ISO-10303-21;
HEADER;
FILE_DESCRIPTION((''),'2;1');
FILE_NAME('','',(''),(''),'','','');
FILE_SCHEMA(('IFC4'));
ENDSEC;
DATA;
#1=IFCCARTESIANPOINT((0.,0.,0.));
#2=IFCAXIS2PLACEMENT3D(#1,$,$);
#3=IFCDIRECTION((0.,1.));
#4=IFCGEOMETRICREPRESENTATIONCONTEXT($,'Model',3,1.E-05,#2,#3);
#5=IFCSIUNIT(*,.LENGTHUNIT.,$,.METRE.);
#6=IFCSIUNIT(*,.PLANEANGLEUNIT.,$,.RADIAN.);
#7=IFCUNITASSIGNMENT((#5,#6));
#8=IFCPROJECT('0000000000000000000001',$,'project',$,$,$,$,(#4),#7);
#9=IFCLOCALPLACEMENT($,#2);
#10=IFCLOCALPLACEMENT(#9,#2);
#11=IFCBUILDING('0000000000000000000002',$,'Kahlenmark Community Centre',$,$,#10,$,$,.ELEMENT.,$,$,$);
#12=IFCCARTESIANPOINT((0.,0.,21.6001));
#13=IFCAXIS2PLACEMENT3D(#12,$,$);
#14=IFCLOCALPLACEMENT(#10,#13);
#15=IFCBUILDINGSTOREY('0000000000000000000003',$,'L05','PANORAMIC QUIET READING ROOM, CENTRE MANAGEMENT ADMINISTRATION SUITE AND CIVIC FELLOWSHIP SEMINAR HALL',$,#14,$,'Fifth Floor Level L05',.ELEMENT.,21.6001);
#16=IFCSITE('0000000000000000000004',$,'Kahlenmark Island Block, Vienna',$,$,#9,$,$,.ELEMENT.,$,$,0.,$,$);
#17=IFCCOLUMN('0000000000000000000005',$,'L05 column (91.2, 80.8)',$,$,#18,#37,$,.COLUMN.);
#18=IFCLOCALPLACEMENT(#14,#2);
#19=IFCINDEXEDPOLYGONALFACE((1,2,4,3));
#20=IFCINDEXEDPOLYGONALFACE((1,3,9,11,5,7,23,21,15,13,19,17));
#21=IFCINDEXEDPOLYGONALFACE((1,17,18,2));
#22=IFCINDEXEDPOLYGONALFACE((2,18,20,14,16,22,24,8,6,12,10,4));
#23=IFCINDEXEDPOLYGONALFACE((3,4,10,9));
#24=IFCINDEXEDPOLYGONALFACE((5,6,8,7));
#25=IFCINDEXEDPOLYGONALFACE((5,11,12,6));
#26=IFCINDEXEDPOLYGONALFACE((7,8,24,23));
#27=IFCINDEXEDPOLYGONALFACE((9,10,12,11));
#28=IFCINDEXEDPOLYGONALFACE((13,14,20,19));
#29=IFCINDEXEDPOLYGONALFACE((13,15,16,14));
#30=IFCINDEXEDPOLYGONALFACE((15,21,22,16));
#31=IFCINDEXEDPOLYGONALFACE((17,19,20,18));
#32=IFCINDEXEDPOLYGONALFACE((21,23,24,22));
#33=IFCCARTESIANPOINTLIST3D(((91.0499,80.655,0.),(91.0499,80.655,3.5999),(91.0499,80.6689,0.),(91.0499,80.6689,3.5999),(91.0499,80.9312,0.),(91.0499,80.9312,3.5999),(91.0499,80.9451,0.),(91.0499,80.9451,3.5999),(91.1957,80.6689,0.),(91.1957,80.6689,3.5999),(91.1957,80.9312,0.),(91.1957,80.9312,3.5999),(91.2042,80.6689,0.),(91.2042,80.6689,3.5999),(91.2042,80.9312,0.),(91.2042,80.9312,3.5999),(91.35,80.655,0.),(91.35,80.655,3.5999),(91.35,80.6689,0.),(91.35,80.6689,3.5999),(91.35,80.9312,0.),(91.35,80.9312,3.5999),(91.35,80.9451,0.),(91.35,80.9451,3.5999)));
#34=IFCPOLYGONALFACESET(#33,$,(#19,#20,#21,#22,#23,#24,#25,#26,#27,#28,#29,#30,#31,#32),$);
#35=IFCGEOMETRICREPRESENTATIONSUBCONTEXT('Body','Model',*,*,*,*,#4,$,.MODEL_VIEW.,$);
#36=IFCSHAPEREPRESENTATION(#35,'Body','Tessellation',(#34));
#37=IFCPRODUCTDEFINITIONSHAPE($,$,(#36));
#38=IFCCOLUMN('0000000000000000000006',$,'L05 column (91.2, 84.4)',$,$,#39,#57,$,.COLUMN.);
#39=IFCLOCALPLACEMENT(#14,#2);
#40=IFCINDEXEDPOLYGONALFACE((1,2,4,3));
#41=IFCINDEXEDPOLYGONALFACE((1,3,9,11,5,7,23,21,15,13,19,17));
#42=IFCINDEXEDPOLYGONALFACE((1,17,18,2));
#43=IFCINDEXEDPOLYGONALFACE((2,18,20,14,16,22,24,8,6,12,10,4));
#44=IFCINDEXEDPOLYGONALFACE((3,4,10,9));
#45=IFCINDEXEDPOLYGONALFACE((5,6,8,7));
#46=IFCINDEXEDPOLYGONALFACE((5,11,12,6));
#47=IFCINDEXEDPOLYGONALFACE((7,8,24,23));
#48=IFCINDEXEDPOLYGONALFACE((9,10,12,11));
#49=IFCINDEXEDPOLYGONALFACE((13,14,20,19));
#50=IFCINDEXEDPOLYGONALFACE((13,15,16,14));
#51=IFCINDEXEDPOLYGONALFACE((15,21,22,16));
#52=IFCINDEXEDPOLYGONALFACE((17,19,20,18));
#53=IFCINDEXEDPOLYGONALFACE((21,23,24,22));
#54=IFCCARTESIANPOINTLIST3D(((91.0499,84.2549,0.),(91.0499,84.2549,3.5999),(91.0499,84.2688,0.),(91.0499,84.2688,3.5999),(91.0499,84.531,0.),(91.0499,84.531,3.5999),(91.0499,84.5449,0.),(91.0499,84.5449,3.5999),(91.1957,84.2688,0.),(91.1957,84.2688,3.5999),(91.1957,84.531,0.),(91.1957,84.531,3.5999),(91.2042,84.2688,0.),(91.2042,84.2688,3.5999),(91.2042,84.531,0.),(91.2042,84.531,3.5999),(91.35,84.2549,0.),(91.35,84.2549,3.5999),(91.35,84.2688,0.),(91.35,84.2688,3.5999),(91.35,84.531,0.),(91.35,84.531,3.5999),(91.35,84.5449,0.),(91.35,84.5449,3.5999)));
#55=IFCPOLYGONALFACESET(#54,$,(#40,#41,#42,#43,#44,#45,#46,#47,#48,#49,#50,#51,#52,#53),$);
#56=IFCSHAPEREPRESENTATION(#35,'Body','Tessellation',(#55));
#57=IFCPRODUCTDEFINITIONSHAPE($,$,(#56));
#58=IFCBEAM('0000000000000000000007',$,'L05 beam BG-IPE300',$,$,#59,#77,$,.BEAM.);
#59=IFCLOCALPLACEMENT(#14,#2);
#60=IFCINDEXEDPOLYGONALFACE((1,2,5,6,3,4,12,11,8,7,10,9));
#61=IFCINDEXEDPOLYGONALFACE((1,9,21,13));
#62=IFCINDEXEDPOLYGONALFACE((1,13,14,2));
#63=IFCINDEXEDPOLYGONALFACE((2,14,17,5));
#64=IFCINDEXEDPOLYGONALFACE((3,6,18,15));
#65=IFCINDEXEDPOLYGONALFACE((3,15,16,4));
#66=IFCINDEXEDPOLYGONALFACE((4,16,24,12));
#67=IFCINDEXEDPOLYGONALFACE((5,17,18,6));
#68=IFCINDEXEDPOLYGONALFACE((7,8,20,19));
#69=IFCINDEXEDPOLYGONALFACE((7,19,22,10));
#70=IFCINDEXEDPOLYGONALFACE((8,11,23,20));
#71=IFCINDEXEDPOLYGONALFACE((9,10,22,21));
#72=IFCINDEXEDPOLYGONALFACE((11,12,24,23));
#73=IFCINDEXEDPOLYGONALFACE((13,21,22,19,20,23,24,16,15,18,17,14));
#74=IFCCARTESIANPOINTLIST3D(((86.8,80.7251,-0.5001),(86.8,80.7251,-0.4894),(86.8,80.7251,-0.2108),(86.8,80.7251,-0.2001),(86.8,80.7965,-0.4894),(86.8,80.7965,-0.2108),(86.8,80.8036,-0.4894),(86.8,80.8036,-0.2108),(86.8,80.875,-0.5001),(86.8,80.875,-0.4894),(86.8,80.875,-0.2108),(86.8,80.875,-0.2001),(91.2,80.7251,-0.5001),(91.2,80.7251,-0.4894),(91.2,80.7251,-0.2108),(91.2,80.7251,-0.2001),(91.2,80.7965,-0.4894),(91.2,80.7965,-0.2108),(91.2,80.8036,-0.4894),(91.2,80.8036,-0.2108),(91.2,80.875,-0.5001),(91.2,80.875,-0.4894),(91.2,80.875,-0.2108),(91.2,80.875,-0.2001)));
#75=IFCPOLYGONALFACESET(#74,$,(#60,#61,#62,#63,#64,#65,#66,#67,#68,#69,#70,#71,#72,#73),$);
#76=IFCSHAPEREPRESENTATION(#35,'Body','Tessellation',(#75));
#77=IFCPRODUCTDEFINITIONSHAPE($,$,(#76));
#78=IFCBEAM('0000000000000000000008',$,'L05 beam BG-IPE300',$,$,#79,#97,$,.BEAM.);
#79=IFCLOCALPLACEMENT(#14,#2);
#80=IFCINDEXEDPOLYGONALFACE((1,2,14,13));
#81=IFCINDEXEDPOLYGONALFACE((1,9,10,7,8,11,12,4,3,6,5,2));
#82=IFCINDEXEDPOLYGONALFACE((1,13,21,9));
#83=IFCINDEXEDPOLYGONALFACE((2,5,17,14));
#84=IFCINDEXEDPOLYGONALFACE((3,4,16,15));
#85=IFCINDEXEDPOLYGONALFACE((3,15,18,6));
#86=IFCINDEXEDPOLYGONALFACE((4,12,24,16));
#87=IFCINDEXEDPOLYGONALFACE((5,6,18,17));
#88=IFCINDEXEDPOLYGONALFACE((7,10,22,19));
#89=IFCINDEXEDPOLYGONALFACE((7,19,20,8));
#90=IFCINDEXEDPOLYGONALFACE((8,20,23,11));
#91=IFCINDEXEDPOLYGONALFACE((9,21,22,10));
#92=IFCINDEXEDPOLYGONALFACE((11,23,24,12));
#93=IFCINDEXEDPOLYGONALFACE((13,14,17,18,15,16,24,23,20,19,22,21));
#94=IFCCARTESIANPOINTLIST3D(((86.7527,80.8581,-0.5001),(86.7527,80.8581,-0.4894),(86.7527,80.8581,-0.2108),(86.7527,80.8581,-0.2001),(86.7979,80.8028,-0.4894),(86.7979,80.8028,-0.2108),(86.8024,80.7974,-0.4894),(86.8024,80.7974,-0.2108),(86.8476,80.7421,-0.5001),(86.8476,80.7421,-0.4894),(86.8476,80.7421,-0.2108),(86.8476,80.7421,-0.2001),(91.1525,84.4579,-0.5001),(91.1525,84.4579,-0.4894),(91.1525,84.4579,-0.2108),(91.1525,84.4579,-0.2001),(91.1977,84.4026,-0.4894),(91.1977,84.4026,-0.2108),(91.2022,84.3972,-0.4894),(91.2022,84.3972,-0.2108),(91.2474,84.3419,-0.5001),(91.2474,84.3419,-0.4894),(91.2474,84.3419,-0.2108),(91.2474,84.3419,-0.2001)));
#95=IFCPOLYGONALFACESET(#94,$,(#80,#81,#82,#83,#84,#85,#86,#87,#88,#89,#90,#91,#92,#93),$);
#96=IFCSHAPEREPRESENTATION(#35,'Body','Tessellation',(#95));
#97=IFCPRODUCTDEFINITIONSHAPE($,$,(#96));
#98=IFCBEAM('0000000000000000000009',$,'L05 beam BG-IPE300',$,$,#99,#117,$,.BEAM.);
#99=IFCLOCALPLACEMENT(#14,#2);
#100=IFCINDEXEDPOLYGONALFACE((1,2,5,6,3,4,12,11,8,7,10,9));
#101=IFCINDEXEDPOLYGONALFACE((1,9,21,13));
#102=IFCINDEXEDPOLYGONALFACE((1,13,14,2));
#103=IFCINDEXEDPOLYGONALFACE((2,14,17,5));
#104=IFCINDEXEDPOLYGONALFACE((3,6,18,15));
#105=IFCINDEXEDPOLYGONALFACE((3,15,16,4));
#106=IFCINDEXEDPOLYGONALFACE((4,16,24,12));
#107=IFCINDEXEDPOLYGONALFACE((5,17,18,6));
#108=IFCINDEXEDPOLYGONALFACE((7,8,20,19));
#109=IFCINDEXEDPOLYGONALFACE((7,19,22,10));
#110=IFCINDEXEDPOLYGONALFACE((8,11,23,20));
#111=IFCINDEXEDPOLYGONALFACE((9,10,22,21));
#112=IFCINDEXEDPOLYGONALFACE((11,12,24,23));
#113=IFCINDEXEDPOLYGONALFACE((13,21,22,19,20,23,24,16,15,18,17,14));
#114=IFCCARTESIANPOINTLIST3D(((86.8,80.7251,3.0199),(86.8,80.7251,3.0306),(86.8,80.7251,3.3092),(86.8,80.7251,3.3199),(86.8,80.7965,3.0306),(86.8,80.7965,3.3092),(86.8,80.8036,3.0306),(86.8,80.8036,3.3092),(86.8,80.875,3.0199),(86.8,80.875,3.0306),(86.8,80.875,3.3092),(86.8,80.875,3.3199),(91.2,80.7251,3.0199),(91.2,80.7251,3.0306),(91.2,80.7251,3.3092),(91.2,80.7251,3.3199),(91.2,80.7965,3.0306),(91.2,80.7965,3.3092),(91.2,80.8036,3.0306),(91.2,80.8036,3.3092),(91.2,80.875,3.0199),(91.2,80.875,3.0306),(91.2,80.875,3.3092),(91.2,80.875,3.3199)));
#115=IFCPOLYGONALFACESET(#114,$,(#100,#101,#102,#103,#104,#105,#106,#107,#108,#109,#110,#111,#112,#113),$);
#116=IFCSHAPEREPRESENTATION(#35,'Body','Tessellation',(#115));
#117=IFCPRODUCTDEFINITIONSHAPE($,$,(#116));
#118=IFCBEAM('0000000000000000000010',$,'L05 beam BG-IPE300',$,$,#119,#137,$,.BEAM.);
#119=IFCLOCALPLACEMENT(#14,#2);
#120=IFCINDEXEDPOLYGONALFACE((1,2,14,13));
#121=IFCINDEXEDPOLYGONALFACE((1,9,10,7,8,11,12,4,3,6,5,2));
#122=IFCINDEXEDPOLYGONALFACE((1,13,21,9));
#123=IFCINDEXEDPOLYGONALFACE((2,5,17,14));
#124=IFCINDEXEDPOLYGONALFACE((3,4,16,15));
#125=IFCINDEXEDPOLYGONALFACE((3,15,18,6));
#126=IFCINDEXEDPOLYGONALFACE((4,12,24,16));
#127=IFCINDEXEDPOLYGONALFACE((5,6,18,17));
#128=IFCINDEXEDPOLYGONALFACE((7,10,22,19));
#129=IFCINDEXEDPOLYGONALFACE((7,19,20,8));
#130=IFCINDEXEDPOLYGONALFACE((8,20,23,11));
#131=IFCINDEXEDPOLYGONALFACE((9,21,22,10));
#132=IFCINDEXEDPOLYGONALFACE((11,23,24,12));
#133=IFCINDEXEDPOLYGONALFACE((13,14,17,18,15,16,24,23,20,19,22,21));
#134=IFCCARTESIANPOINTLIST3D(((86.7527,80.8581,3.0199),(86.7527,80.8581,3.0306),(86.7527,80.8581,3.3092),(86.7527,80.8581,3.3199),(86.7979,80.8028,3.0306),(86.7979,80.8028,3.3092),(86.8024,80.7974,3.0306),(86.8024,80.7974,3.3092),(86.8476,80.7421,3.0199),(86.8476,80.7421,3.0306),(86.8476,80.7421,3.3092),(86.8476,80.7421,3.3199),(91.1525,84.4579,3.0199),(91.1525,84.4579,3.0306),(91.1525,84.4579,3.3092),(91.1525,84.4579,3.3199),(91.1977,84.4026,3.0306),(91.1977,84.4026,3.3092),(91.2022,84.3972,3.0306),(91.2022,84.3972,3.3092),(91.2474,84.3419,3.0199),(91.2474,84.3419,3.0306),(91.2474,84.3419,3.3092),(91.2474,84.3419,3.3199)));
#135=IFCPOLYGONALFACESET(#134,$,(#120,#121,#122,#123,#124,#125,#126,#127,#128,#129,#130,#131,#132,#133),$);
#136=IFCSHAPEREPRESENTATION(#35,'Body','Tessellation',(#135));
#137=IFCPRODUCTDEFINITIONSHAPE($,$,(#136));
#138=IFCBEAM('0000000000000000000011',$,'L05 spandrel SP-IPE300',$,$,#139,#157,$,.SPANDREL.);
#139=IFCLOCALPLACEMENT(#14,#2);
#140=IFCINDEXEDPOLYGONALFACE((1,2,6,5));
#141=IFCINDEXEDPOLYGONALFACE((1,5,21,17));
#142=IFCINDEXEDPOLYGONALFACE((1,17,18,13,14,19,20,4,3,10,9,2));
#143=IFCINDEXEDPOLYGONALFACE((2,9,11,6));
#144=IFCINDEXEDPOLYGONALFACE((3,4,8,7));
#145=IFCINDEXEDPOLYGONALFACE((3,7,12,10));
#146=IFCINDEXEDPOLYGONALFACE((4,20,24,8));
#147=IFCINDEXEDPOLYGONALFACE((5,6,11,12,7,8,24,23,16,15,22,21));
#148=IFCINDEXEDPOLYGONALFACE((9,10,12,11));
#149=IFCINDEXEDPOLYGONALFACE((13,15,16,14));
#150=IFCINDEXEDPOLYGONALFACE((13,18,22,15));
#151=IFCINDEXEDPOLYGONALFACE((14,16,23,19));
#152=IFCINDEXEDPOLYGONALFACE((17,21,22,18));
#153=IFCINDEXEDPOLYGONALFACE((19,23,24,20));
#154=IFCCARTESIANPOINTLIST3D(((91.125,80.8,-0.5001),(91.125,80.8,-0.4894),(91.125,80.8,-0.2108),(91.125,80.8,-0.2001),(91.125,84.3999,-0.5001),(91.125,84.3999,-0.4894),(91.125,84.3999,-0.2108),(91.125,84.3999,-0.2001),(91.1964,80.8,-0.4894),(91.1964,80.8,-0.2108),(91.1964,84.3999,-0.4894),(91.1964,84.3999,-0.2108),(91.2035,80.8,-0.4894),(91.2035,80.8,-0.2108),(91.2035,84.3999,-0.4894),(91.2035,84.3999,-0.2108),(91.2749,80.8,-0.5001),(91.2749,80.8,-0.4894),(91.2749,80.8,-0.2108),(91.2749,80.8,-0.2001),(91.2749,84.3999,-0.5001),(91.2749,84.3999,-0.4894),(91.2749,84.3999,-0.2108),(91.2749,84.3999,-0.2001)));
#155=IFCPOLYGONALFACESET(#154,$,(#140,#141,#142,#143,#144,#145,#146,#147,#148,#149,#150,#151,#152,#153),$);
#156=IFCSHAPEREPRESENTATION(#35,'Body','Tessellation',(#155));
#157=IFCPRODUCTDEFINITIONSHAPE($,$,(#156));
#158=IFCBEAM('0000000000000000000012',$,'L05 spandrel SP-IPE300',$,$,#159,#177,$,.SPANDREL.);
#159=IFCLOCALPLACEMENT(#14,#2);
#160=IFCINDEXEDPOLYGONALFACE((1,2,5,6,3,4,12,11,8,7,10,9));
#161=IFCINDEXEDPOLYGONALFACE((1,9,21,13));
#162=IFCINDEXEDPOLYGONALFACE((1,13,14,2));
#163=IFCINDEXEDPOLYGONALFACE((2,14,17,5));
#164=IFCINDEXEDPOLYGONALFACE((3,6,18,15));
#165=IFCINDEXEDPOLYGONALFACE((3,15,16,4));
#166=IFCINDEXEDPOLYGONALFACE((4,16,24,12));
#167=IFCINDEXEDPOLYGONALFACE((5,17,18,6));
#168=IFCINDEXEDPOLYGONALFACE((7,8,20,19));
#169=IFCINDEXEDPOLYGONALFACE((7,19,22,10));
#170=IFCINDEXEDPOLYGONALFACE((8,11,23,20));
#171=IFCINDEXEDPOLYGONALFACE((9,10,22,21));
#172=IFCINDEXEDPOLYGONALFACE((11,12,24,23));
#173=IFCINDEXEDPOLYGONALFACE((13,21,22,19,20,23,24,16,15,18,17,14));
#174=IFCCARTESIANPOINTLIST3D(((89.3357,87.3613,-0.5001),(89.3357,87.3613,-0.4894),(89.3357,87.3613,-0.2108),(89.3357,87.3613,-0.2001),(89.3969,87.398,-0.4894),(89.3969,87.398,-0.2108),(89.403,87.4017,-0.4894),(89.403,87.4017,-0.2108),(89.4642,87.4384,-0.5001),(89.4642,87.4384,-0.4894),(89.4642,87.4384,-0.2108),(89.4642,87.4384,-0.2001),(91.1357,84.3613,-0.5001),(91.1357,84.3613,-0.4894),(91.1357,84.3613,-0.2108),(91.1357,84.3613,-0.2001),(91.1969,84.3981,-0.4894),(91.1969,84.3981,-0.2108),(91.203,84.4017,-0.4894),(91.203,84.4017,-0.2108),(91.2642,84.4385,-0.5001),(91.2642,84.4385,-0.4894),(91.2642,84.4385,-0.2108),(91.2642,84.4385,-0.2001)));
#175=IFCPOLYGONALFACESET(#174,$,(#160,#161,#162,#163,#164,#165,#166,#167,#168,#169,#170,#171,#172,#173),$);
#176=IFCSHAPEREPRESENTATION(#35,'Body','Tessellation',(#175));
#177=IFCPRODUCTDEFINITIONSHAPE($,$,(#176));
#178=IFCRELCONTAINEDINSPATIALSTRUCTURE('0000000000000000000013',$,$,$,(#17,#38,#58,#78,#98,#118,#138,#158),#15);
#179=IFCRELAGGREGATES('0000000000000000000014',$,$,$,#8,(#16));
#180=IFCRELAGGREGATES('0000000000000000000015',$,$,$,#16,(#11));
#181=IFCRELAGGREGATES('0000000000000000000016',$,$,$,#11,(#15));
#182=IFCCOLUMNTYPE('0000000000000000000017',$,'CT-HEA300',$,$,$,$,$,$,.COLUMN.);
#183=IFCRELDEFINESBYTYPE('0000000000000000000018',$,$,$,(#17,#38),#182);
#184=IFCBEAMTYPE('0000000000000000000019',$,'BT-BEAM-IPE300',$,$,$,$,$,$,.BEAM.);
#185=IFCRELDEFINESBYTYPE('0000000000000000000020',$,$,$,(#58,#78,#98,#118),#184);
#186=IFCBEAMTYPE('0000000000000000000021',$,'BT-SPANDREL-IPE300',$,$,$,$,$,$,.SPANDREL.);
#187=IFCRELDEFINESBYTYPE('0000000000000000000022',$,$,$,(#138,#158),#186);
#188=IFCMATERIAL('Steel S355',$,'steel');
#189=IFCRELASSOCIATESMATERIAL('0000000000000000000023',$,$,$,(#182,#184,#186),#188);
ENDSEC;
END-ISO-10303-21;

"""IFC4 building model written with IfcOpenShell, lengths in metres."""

from ifc_helpers import new_model, si_unit, direction, frame, origin, origin_2d, place, context, subcontext, project, spatial, i_section, extrude, material, material_profile, profile_set, type_object, element, save


model = new_model("IFC4")

# Units and contexts
model_context = context("Model", 3, precision=1e-05, world=origin(), true_north=direction((0.0, 1.0)))
body_context = subcontext(model_context, "Body", "Model", "MODEL_VIEW")
ifc_project = project(units=[si_unit("LENGTHUNIT", "METRE"), si_unit("PLANEANGLEUNIT", "RADIAN")], contexts=[model_context])

# Site, building, storey
site_placement = place(None, origin())
site = spatial("IfcSite", under=ifc_project, at=site_placement, Name="Kahlenmark Island Block, Vienna", CompositionType="ELEMENT", RefElevation=0.0)
building_placement = place(site_placement, origin())
building = spatial("IfcBuilding", under=site, at=building_placement, Name="Kahlenmark Community Centre", CompositionType="ELEMENT")
storey_placement = place(building_placement, frame((0.0, 0.0, 21.6001)))
storey = spatial("IfcBuildingStorey", under=building, at=storey_placement, Name="L05", Description="PANORAMIC QUIET READING ROOM, CENTRE MANAGEMENT ADMINISTRATION SUITE AND CIVIC FELLOWSHIP SEMINAR HALL", LongName="Fifth Floor Level L05", CompositionType="ELEMENT", Elevation=21.6001)

# Columns
ifc_material_1 = material(Name="Steel S355", Category="steel")
ifc_material_profile_1 = material_profile(ifc_material_1, i_section(OverallWidth=0.3, OverallDepth=0.29, WebThickness=0.0085, FlangeThickness=0.0139, at=origin_2d()), Name="HEA 300")
ifc_profile_set_1 = profile_set([ifc_material_profile_1], Name="Steel S355")
column_type = type_object("IfcColumnType", Name="CT-HEA300", PredefinedType="COLUMN", material=ifc_profile_set_1)
for number, where, z_axis, x_axis, name in (
    (1, (91.2, 80.8, 0.0), (0.0, 0.0, 1.0), (1.0, 0.0, 0.0), "L05 column (91.2, 80.8)"),
    (2, (91.2, 84.3999, 0.0), (0.0, 0.0, 1.0), (1.0, 0.0, 0.0), "L05 column (91.2, 84.4)"),
):
    element("IfcColumn", number, at=place(storey_placement, frame(where, z_axis=z_axis, x_axis=x_axis)), inside=storey, type_object=column_type, Name=name, PredefinedType="COLUMN", context=body_context, shape_type="SweptSolid", body=[
        extrude(i_section(OverallWidth=0.3, OverallDepth=0.29, WebThickness=0.0085, FlangeThickness=0.0139, at=origin_2d()), origin(), (0.0, 0.0, 1.0), 3.5999),
    ])

# Beams
ifc_material_profile_2 = material_profile(ifc_material_1, i_section(OverallWidth=0.1499, OverallDepth=0.3, WebThickness=0.0071, FlangeThickness=0.0107, at=origin_2d()), Name="IPE 300")
ifc_profile_set_2 = profile_set([ifc_material_profile_2], Name="Steel S355")
beam_type_1 = type_object("IfcBeamType", Name="BT-BEAM-IPE300", PredefinedType="BEAM", material=ifc_profile_set_2)
beam_1_placement = place(storey_placement, frame((91.2, 80.8, -0.3501), z_axis=(-1.0, 0.0, 0.0), x_axis=(0.0, -1.0, 0.0)))
element("IfcBeam", 3, at=beam_1_placement, inside=storey, type_object=beam_type_1, Name="L05 beam BG-IPE300", PredefinedType="BEAM", context=body_context, shape_type="SweptSolid", body=[
    extrude(i_section(OverallWidth=0.1499, OverallDepth=0.3, WebThickness=0.0071, FlangeThickness=0.0107, at=origin_2d()), origin(), (0.0, 0.0, 1.0), 4.3999),
])
beam_2_placement = place(storey_placement, frame((91.2, 84.3999, -0.3501), z_axis=(-0.773963, -0.633231, 0.0), x_axis=(0.633231, -0.773963, 0.0)))
element("IfcBeam", 4, at=beam_2_placement, inside=storey, type_object=beam_type_1, Name="L05 beam BG-IPE300", PredefinedType="BEAM", context=body_context, shape_type="SweptSolid", body=[
    extrude(i_section(OverallWidth=0.1499, OverallDepth=0.3, WebThickness=0.0071, FlangeThickness=0.0107, at=origin_2d()), origin(), (0.0, 0.0, 1.0), 5.6848),
])
beam_3_placement = place(storey_placement, frame((91.2, 80.8, 3.1699), z_axis=(-1.0, 0.0, 0.0), x_axis=(0.0, -1.0, 0.0)))
element("IfcBeam", 5, at=beam_3_placement, inside=storey, type_object=beam_type_1, Name="L05 beam BG-IPE300", PredefinedType="BEAM", context=body_context, shape_type="SweptSolid", body=[
    extrude(i_section(OverallWidth=0.1499, OverallDepth=0.3, WebThickness=0.0071, FlangeThickness=0.0107, at=origin_2d()), origin(), (0.0, 0.0, 1.0), 4.3999),
])
beam_4_placement = place(storey_placement, frame((91.2, 84.3999, 3.1699), z_axis=(-0.773963, -0.633231, 0.0), x_axis=(0.633231, -0.773963, 0.0)))
element("IfcBeam", 6, at=beam_4_placement, inside=storey, type_object=beam_type_1, Name="L05 beam BG-IPE300", PredefinedType="BEAM", context=body_context, shape_type="SweptSolid", body=[
    extrude(i_section(OverallWidth=0.1499, OverallDepth=0.3, WebThickness=0.0071, FlangeThickness=0.0107, at=origin_2d()), origin(), (0.0, 0.0, 1.0), 5.6848),
])
ifc_material_profile_3 = material_profile(ifc_material_1, i_section(OverallWidth=0.1499, OverallDepth=0.3, WebThickness=0.0071, FlangeThickness=0.0107, at=origin_2d()), Name="IPE 300")
ifc_profile_set_3 = profile_set([ifc_material_profile_3], Name="Steel S355")
beam_type_2 = type_object("IfcBeamType", Name="BT-SPANDREL-IPE300", PredefinedType="SPANDREL", material=ifc_profile_set_3)
beam_5_placement = place(storey_placement, frame((91.2, 80.8, -0.3501), z_axis=(0.0, 1.0, 0.0), x_axis=(-1.0, 0.0, 0.0)))
element("IfcBeam", 7, at=beam_5_placement, inside=storey, type_object=beam_type_2, Name="L05 spandrel SP-IPE300", PredefinedType="SPANDREL", context=body_context, shape_type="SweptSolid", body=[
    extrude(i_section(OverallWidth=0.1499, OverallDepth=0.3, WebThickness=0.0071, FlangeThickness=0.0107, at=origin_2d()), origin(), (0.0, 0.0, 1.0), 3.5999),
])
beam_6_placement = place(storey_placement, frame((91.2, 84.3999, -0.3501), z_axis=(-0.514506, 0.857487, 0.0), x_axis=(-0.857487, -0.514506, 0.0)))
element("IfcBeam", 8, at=beam_6_placement, inside=storey, type_object=beam_type_2, Name="L05 spandrel SP-IPE300", PredefinedType="SPANDREL", context=body_context, shape_type="SweptSolid", body=[
    extrude(i_section(OverallWidth=0.1499, OverallDepth=0.3, WebThickness=0.0071, FlangeThickness=0.0107, at=origin_2d()), origin(), (0.0, 0.0, 1.0), 3.4985),
])

save(model, "model.ifc")
